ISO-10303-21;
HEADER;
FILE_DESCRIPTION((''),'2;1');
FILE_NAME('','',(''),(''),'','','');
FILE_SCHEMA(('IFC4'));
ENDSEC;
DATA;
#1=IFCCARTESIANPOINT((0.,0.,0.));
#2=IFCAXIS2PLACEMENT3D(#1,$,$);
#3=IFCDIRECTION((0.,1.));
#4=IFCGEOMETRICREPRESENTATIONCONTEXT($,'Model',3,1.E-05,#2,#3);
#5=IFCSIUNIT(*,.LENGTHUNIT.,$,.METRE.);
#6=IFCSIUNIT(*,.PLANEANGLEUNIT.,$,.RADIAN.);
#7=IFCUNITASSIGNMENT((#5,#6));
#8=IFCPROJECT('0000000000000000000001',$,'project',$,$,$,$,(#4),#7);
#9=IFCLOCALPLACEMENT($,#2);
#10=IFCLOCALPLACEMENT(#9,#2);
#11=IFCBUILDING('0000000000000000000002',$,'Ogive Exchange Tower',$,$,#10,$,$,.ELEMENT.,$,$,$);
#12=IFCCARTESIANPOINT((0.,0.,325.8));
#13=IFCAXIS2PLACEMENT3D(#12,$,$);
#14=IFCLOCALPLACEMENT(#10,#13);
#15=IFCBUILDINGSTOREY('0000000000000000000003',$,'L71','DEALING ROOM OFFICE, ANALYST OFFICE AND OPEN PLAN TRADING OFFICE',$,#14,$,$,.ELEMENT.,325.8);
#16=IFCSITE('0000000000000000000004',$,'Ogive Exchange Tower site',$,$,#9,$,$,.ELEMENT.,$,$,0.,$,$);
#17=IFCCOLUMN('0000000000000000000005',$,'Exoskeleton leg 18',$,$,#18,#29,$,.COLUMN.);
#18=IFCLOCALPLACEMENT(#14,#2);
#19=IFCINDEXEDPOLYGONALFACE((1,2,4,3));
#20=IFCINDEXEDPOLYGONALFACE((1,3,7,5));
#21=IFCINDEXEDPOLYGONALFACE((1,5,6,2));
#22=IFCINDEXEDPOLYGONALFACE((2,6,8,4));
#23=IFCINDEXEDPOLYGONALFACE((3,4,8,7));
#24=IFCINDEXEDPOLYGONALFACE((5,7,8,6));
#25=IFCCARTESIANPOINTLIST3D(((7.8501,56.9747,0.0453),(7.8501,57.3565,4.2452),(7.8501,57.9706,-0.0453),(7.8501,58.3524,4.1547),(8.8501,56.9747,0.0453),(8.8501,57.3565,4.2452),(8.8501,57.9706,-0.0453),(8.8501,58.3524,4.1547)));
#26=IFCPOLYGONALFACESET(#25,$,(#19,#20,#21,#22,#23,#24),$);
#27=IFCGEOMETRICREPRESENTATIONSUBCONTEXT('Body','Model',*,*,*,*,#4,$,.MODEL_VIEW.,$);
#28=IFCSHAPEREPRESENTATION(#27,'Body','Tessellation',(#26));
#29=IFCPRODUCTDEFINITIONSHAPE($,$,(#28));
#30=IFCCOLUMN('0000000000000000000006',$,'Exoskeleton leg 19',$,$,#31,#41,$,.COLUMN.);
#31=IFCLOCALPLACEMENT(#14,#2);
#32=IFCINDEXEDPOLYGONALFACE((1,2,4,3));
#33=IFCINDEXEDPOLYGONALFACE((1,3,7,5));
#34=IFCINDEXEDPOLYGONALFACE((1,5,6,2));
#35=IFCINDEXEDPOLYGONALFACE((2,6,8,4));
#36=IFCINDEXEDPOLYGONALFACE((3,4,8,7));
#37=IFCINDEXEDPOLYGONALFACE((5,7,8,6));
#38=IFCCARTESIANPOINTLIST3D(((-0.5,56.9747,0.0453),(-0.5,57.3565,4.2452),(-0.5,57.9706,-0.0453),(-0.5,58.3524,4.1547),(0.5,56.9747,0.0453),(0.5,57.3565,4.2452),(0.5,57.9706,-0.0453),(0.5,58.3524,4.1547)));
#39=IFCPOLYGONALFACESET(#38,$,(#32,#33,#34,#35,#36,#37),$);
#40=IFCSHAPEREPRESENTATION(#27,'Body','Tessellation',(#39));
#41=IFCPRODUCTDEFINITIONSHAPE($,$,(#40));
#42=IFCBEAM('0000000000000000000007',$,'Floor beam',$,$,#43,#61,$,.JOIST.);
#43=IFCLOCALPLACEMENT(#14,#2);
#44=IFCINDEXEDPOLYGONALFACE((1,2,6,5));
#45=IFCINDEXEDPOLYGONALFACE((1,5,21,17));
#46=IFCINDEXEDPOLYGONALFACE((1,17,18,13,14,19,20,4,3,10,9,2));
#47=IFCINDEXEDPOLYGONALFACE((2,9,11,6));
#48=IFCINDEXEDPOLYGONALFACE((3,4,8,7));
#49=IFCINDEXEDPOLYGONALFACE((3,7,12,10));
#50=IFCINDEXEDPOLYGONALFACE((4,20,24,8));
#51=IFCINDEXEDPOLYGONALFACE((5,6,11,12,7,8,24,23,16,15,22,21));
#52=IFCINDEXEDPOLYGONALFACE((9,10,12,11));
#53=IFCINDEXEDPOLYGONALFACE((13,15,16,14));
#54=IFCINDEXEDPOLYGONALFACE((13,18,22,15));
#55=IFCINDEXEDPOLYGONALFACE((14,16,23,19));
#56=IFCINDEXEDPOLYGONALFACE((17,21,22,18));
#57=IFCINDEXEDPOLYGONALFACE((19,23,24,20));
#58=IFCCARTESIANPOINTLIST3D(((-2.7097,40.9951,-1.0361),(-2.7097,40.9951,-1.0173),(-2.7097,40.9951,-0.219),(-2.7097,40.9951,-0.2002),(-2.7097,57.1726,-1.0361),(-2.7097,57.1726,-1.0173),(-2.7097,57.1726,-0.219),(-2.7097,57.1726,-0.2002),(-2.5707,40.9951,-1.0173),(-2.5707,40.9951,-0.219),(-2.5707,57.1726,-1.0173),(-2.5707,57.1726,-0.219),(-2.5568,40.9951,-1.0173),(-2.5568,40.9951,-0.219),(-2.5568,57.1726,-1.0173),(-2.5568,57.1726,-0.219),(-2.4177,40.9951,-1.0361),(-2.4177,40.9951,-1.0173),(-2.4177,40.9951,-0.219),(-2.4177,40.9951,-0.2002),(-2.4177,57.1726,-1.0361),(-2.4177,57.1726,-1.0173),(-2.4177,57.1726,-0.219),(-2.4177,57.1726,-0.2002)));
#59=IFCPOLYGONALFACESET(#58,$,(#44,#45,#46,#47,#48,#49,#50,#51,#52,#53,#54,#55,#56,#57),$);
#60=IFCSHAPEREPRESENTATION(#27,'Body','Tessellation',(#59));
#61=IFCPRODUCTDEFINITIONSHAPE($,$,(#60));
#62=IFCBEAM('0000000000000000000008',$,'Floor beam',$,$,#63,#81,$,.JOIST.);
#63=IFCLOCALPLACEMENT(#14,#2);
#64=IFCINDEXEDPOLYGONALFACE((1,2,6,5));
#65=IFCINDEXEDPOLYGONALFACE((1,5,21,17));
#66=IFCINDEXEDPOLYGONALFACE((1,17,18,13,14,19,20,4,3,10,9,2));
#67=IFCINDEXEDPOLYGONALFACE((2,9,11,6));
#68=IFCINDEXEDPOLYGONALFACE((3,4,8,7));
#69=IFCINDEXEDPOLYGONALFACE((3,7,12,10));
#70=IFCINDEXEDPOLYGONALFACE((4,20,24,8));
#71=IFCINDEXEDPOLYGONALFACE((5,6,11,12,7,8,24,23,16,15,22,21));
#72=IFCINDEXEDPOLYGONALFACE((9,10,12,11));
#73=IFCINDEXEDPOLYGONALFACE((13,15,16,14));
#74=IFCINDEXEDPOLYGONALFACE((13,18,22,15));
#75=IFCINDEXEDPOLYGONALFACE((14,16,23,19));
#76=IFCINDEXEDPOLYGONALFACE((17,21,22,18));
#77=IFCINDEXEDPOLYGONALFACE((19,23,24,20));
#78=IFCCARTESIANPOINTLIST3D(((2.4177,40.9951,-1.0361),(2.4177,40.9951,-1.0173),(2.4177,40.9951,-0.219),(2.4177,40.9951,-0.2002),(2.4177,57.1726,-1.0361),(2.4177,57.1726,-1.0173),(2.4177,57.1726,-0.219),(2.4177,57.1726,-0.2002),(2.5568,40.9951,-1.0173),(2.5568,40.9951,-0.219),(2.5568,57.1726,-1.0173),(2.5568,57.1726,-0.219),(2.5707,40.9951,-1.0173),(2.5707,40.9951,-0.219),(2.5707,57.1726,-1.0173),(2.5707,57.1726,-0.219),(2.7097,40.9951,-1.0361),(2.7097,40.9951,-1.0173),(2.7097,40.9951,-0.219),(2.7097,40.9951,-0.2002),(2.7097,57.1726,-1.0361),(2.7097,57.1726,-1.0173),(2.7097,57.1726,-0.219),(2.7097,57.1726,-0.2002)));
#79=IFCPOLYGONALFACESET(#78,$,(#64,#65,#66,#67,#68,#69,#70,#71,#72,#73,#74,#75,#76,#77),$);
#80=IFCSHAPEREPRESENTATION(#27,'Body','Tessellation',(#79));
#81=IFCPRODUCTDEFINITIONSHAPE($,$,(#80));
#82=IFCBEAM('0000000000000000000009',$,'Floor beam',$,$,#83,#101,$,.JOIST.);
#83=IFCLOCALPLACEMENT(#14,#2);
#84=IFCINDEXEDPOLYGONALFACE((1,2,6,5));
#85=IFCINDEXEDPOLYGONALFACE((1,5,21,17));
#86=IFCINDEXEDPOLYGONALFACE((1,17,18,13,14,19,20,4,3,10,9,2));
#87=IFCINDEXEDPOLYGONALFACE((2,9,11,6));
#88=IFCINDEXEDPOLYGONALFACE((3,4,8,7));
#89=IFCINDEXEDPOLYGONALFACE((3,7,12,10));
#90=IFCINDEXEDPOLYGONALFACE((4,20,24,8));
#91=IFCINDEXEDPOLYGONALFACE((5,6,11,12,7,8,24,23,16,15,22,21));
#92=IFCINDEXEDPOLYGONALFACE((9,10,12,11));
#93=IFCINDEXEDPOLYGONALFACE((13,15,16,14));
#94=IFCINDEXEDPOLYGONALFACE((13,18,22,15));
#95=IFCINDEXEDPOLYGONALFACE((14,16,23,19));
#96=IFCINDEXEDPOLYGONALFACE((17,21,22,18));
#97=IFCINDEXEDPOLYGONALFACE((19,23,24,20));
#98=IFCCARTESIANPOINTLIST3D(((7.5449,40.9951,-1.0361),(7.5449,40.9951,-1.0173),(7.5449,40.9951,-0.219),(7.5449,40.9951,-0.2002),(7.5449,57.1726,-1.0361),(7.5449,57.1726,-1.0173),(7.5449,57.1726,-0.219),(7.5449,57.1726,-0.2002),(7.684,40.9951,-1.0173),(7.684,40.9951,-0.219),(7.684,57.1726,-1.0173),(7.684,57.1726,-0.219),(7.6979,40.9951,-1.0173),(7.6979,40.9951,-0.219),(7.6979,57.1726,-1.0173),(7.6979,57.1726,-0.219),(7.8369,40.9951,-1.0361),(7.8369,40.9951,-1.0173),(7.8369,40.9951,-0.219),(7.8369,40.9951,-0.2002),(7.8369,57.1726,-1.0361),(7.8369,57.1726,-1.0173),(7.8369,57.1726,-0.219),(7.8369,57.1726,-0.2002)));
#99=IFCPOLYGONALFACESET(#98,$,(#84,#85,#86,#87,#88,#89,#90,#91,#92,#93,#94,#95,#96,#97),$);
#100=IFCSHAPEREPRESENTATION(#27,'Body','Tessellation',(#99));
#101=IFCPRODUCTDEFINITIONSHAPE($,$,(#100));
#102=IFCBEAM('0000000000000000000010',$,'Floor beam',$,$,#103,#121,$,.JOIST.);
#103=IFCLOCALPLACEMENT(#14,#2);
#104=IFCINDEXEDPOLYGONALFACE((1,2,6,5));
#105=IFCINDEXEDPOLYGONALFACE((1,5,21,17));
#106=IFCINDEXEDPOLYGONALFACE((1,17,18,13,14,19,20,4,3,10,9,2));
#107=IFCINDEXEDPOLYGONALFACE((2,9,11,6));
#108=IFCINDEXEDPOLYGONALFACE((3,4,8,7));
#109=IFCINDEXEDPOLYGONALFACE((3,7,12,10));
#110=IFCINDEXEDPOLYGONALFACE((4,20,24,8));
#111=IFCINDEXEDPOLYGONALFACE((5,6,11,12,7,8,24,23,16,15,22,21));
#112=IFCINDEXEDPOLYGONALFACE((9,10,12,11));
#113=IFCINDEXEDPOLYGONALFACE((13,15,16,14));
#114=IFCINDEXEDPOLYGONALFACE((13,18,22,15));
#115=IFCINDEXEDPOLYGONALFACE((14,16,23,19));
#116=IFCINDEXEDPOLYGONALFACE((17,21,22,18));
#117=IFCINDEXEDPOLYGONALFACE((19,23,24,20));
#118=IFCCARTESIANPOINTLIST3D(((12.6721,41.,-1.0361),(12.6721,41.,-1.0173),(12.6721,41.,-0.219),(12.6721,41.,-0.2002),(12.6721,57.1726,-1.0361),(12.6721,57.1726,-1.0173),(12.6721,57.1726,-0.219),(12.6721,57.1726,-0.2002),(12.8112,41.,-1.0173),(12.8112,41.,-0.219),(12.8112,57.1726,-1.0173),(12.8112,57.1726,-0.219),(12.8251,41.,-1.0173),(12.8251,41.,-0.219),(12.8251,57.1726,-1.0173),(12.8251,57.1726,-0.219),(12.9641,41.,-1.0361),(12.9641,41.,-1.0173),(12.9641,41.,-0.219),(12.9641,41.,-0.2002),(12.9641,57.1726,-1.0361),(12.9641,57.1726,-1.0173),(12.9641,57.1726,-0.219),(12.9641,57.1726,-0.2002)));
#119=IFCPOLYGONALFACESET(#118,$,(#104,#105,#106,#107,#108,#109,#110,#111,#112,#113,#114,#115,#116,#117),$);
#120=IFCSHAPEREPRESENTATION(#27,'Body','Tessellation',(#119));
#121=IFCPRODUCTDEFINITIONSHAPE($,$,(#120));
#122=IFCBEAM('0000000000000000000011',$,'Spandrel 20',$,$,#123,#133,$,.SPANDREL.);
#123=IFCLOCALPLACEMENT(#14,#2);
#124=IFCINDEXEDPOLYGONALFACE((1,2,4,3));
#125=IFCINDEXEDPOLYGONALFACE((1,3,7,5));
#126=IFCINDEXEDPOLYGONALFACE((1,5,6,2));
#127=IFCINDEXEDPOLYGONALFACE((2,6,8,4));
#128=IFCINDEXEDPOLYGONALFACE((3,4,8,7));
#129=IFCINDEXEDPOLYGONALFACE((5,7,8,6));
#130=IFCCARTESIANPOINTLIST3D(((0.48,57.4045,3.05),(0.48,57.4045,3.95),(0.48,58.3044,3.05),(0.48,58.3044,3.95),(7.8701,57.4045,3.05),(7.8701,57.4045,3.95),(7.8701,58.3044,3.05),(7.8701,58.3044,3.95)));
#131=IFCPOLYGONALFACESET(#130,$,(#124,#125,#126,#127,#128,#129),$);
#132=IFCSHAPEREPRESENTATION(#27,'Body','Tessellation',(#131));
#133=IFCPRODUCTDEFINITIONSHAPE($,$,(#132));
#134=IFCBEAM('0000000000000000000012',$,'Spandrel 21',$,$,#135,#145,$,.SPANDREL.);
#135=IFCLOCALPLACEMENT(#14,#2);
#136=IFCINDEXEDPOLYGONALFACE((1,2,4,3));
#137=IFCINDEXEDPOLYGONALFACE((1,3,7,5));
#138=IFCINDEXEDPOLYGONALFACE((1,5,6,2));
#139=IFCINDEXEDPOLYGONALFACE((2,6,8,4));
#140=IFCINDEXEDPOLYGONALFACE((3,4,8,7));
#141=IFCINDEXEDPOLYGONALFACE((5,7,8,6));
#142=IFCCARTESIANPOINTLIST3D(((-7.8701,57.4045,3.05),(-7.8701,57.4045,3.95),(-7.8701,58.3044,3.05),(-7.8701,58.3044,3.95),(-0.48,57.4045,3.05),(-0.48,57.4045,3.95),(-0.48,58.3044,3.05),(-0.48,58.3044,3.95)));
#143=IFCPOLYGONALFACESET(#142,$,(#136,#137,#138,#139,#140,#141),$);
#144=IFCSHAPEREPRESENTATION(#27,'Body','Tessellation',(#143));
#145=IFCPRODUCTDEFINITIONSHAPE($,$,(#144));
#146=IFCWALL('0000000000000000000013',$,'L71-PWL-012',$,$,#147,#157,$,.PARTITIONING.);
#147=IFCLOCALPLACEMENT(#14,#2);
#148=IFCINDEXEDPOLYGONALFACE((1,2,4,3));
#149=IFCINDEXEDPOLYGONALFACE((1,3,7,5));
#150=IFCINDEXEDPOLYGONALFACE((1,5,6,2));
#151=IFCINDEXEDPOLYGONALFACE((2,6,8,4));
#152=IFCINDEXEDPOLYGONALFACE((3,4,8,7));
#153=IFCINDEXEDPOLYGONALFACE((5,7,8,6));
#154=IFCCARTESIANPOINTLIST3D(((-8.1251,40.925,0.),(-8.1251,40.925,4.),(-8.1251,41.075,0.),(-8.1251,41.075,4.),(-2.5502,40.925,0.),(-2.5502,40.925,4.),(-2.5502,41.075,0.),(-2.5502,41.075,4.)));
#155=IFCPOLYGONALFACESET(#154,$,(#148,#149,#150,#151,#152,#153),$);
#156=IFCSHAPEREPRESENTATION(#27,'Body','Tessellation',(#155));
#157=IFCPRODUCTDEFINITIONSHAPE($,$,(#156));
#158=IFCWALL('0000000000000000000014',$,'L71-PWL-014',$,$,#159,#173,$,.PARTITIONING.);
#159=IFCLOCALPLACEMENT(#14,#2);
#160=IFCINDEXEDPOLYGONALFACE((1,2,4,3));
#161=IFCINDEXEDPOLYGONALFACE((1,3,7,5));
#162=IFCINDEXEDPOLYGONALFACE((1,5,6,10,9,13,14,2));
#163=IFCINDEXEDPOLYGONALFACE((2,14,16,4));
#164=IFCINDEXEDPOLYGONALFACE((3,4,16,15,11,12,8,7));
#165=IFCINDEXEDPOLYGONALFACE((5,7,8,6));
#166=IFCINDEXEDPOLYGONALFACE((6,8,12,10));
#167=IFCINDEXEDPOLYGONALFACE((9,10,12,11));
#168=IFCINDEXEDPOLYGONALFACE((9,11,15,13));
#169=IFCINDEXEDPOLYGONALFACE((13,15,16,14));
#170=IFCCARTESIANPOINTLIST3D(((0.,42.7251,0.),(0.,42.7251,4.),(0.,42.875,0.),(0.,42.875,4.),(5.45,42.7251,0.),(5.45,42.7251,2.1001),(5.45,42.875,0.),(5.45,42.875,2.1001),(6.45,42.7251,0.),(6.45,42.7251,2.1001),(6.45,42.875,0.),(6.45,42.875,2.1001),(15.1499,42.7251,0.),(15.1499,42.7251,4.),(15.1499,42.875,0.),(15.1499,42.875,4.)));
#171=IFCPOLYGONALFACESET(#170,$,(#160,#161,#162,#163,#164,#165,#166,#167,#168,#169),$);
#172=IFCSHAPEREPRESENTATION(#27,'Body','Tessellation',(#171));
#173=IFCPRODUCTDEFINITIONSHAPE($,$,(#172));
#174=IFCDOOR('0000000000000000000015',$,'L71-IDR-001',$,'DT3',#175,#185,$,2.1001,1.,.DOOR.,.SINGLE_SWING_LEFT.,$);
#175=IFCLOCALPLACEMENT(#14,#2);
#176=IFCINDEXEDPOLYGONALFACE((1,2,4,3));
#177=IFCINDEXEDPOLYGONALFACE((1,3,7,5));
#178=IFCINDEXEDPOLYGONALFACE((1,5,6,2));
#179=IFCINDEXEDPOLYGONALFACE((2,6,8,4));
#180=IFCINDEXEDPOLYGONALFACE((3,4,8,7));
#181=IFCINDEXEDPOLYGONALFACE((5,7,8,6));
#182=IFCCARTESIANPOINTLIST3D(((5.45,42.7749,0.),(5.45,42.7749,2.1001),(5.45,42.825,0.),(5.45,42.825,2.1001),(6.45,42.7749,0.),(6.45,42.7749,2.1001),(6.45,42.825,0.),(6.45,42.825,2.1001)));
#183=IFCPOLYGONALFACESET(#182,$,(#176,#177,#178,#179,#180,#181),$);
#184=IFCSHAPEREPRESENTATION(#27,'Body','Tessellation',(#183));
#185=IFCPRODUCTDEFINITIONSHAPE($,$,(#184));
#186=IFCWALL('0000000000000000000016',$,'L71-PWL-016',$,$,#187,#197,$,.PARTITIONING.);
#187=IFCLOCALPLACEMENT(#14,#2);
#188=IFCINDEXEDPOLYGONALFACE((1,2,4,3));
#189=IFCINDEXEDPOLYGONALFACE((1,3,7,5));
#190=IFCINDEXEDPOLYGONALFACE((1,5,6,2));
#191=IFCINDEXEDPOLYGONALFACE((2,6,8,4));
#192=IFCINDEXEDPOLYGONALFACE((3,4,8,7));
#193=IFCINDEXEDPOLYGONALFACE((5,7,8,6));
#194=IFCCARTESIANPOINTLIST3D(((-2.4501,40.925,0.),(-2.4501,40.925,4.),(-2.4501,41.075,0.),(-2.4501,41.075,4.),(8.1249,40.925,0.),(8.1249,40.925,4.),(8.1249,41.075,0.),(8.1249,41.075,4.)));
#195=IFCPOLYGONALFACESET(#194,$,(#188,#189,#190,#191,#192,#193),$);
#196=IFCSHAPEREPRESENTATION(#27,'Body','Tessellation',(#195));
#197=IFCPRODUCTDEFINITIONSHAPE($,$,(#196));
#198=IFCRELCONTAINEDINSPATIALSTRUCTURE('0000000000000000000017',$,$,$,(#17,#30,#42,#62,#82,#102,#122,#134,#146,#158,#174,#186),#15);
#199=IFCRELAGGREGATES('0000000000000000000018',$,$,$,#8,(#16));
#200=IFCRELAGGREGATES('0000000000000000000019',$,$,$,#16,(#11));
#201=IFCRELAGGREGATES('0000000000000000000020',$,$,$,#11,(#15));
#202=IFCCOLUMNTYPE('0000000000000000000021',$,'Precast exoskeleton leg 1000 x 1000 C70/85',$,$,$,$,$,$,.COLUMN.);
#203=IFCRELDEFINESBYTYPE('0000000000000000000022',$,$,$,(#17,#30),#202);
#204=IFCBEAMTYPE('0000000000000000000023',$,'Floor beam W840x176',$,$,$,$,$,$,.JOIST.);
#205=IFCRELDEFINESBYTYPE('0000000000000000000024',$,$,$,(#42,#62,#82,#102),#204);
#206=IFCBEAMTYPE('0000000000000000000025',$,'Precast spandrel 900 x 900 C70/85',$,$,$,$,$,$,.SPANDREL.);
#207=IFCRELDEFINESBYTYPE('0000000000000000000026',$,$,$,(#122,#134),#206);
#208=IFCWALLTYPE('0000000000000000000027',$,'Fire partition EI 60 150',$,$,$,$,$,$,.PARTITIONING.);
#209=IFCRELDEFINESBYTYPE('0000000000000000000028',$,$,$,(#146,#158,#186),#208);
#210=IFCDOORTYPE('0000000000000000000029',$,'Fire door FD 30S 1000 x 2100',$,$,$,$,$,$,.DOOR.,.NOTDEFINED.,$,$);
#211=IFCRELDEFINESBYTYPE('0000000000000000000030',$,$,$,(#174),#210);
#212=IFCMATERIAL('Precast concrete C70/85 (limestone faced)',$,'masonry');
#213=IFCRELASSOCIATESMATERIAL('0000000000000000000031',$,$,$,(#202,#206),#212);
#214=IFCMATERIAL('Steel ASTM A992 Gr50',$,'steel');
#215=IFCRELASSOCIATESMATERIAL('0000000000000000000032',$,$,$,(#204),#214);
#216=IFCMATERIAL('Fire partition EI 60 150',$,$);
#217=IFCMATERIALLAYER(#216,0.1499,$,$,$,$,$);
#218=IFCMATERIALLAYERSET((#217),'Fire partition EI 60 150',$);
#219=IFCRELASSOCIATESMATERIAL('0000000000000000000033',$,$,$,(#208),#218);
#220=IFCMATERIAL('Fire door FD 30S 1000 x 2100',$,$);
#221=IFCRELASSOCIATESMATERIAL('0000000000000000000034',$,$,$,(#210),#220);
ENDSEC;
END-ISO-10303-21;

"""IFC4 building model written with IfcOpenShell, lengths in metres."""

from ifc_helpers import new_model, si_unit, direction, frame, frame_2d, origin, origin_2d, place, context, subcontext, project, spatial, rectangle, i_section, extrude, material, layer, layer_set, material_profile, profile_set, type_object, element, fill, save


model = new_model("IFC4")

# Units and contexts
model_context = context("Model", 3, precision=1e-05, world=origin(), true_north=direction((0.0, 1.0)))
body_context = subcontext(model_context, "Body", "Model", "MODEL_VIEW")
ifc_project = project(units=[si_unit("LENGTHUNIT", "METRE"), si_unit("PLANEANGLEUNIT", "RADIAN")], contexts=[model_context])

# Site, building, storey
site_placement = place(None, origin())
site = spatial("IfcSite", under=ifc_project, at=site_placement, Name="Ogive Exchange Tower site", CompositionType="ELEMENT", RefElevation=0.0)
building_placement = place(site_placement, origin())
building = spatial("IfcBuilding", under=site, at=building_placement, Name="Ogive Exchange Tower", CompositionType="ELEMENT")
storey_placement = place(building_placement, frame((0.0, 0.0, 325.8)))
storey = spatial("IfcBuildingStorey", under=building, at=storey_placement, Name="L71", Description="DEALING ROOM OFFICE, ANALYST OFFICE AND OPEN PLAN TRADING OFFICE", CompositionType="ELEMENT", Elevation=325.8)

# Columns
ifc_material_1 = material(Name="Precast concrete C70/85 (limestone faced)", Category="masonry")
ifc_material_profile_1 = material_profile(ifc_material_1, rectangle(XDim=1.0, YDim=1.0, at=origin_2d()), Name="1000 x 1000")
ifc_profile_set_1 = profile_set([ifc_material_profile_1], Name="Precast concrete C70/85 (limestone faced)")
column_type = type_object("IfcColumnType", Name="Precast exoskeleton leg 1000 x 1000 C70/85", PredefinedType="COLUMN", material=ifc_profile_set_1)
for number, where, z_axis, x_axis, name in (
    (1, (8.3501, 57.4727, 0.0), (0.0, 0.090541, 0.995893), (-1.0, 0.0, 0.0), "Exoskeleton leg 18"),
    (2, (0.0, 57.4727, 0.0), (0.0, 0.090541, 0.995893), (-1.0, 0.0, 0.0), "Exoskeleton leg 19"),
):
    element("IfcColumn", number, at=place(storey_placement, frame(where, z_axis=z_axis, x_axis=x_axis)), inside=storey, type_object=column_type, Name=name, PredefinedType="COLUMN", context=body_context, shape_type="SweptSolid", body=[
        extrude(rectangle(XDim=1.0, YDim=1.0, at=origin_2d()), origin(), (0.0, 0.0, 1.0), 4.2173),
    ])

# Beams
ifc_material_2 = material(Name="Steel ASTM A992 Gr50", Category="steel")
ifc_material_profile_2 = material_profile(ifc_material_2, i_section(OverallWidth=0.292, OverallDepth=0.8359, WebThickness=0.0139, FlangeThickness=0.0188, at=origin_2d()), Name="W840x176")
ifc_profile_set_2 = profile_set([ifc_material_profile_2], Name="Steel ASTM A992 Gr50")
beam_type_1 = type_object("IfcBeamType", Name="Floor beam W840x176", PredefinedType="JOIST", material=ifc_profile_set_2)
for number, where, z_axis, x_axis, name in (
    (3, (-2.5637, 40.9951, -0.6182), (0.0, 1.0, 0.0), (-1.0, 0.0, 0.0), "Floor beam"),
    (4, (2.5637, 40.9951, -0.6182), (0.0, 1.0, 0.0), (-1.0, 0.0, 0.0), "Floor beam"),
    (5, (7.6909, 40.9951, -0.6182), (0.0, 1.0, 0.0), (-1.0, 0.0, 0.0), "Floor beam"),
):
    element("IfcBeam", number, at=place(storey_placement, frame(where, z_axis=z_axis, x_axis=x_axis)), inside=storey, type_object=beam_type_1, Name=name, PredefinedType="JOIST", context=body_context, shape_type="SweptSolid", body=[
        extrude(i_section(OverallWidth=0.292, OverallDepth=0.8359, WebThickness=0.0139, FlangeThickness=0.0188, at=origin_2d()), origin(), (0.0, 0.0, 1.0), 16.1775),
    ])
beam_placement = place(storey_placement, frame((12.8181, 41.0, -0.6182), z_axis=(0.0, 1.0, 0.0), x_axis=(-1.0, 0.0, 0.0)))
element("IfcBeam", 6, at=beam_placement, inside=storey, type_object=beam_type_1, Name="Floor beam", PredefinedType="JOIST", context=body_context, shape_type="SweptSolid", body=[
    extrude(i_section(OverallWidth=0.292, OverallDepth=0.8359, WebThickness=0.0139, FlangeThickness=0.0188, at=origin_2d()), origin(), (0.0, 0.0, 1.0), 16.1726),
])
ifc_material_profile_3 = material_profile(ifc_material_1, rectangle(XDim=0.8999, YDim=0.8999, at=origin_2d()), Name="900 x 900")
ifc_profile_set_3 = profile_set([ifc_material_profile_3], Name="Precast concrete C70/85 (limestone faced)")
beam_type_2 = type_object("IfcBeamType", Name="Precast spandrel 900 x 900 C70/85", PredefinedType="SPANDREL", material=ifc_profile_set_3)
for number, where, z_axis, x_axis, name in (
    (7, (7.8701, 57.8545, 3.5), (-1.0, 0.0, 0.0), (0.0, -1.0, 0.0), "Spandrel 20"),
    (8, (-0.48, 57.8545, 3.5), (-1.0, 0.0, 0.0), (0.0, -1.0, 0.0), "Spandrel 21"),
):
    element("IfcBeam", number, at=place(storey_placement, frame(where, z_axis=z_axis, x_axis=x_axis)), inside=storey, type_object=beam_type_2, Name=name, PredefinedType="SPANDREL", context=body_context, shape_type="SweptSolid", body=[
        extrude(rectangle(XDim=0.8999, YDim=0.8999, at=origin_2d()), origin(), (0.0, 0.0, 1.0), 7.3901),
    ])

# Wall
ifc_material_3 = material(Name="Fire partition EI 60 150")
ifc_layer_1 = layer(ifc_material_3, 0.1499)
ifc_layer_set_1 = layer_set([ifc_layer_1], Name="Fire partition EI 60 150")
wall_type_1 = type_object("IfcWallType", Name="Fire partition EI 60 150", PredefinedType="PARTITIONING", material=ifc_layer_set_1)
wall_1_placement = place(storey_placement, frame((-2.55, 41.0, 0.0), z_axis=(0.0, 0.0, 1.0), x_axis=(-1.0, 0.0, 0.0)))
element("IfcWall", 9, at=wall_1_placement, inside=storey, type_object=wall_type_1, Name="L71-PWL-012", PredefinedType="PARTITIONING", context=body_context, shape_type="SweptSolid", body=[
    extrude(rectangle(XDim=5.575, YDim=0.1499, at=frame_2d((2.7876, 0.0))), origin(), (0.0, 0.0, 1.0), 4.0),
])

# Wall, opening, door
wall_2_placement = place(storey_placement, frame((0.0, 42.8, 0.0), z_axis=(0.0, 0.0, 1.0), x_axis=(1.0, 0.0, 0.0)))
wall_2 = element("IfcWall", 10, at=wall_2_placement, inside=storey, type_object=wall_type_1, Name="L71-PWL-014", PredefinedType="PARTITIONING", context=body_context, shape_type="SweptSolid", body=[
    extrude(rectangle(XDim=15.1499, YDim=0.1499, at=frame_2d((7.575, 0.0))), origin(), (0.0, 0.0, 1.0), 4.0),
])
opening_1_placement = place(wall_2_placement, frame((5.45, 0.0, 0.0)))
opening_1 = element("IfcOpeningElement", 11, at=opening_1_placement, cuts=wall_2, PredefinedType="OPENING", context=body_context, shape_type="SweptSolid", body=[
    extrude(rectangle(XDim=1.0, YDim=2.1001, at=frame_2d((0.5, 1.05))), frame((0.0, 0.085, 0.0), z_axis=(0.0, -1.0, 0.0), x_axis=(1.0, 0.0, 0.0)), (0.0, 0.0, 1.0), 0.1699),
])
ifc_material_4 = material(Name="Fire door FD 30S 1000 x 2100")
door_type = type_object("IfcDoorType", Name="Fire door FD 30S 1000 x 2100", OperationType="NOTDEFINED", PredefinedType="DOOR", material=ifc_material_4)
door_1_placement = place(opening_1_placement, origin())
door_1 = element("IfcDoor", 12, at=door_1_placement, inside=storey, type_object=door_type, Name="L71-IDR-001", ObjectType="DT3", OperationType="SINGLE_SWING_LEFT", OverallHeight=2.1001, OverallWidth=1.0, PredefinedType="DOOR", context=body_context, shape_type="SweptSolid", body=[
    extrude(rectangle(XDim=1.0, YDim=2.1001, at=frame_2d((0.5, 1.05))), frame((0.0, 0.0249, 0.0), z_axis=(0.0, -1.0, 0.0), x_axis=(1.0, 0.0, 0.0)), (0.0, 0.0, 1.0), 0.05),
])
fill(opening_1, door_1)

# Wall
wall_3_placement = place(storey_placement, frame((8.125, 41.0, 0.0), z_axis=(0.0, 0.0, 1.0), x_axis=(-1.0, 0.0, 0.0)))
element("IfcWall", 13, at=wall_3_placement, inside=storey, type_object=wall_type_1, Name="L71-PWL-016", PredefinedType="PARTITIONING", context=body_context, shape_type="SweptSolid", body=[
    extrude(rectangle(XDim=10.575, YDim=0.1499, at=frame_2d((5.2876, 0.0))), origin(), (0.0, 0.0, 1.0), 4.0),
])

save(model, "model.ifc")
